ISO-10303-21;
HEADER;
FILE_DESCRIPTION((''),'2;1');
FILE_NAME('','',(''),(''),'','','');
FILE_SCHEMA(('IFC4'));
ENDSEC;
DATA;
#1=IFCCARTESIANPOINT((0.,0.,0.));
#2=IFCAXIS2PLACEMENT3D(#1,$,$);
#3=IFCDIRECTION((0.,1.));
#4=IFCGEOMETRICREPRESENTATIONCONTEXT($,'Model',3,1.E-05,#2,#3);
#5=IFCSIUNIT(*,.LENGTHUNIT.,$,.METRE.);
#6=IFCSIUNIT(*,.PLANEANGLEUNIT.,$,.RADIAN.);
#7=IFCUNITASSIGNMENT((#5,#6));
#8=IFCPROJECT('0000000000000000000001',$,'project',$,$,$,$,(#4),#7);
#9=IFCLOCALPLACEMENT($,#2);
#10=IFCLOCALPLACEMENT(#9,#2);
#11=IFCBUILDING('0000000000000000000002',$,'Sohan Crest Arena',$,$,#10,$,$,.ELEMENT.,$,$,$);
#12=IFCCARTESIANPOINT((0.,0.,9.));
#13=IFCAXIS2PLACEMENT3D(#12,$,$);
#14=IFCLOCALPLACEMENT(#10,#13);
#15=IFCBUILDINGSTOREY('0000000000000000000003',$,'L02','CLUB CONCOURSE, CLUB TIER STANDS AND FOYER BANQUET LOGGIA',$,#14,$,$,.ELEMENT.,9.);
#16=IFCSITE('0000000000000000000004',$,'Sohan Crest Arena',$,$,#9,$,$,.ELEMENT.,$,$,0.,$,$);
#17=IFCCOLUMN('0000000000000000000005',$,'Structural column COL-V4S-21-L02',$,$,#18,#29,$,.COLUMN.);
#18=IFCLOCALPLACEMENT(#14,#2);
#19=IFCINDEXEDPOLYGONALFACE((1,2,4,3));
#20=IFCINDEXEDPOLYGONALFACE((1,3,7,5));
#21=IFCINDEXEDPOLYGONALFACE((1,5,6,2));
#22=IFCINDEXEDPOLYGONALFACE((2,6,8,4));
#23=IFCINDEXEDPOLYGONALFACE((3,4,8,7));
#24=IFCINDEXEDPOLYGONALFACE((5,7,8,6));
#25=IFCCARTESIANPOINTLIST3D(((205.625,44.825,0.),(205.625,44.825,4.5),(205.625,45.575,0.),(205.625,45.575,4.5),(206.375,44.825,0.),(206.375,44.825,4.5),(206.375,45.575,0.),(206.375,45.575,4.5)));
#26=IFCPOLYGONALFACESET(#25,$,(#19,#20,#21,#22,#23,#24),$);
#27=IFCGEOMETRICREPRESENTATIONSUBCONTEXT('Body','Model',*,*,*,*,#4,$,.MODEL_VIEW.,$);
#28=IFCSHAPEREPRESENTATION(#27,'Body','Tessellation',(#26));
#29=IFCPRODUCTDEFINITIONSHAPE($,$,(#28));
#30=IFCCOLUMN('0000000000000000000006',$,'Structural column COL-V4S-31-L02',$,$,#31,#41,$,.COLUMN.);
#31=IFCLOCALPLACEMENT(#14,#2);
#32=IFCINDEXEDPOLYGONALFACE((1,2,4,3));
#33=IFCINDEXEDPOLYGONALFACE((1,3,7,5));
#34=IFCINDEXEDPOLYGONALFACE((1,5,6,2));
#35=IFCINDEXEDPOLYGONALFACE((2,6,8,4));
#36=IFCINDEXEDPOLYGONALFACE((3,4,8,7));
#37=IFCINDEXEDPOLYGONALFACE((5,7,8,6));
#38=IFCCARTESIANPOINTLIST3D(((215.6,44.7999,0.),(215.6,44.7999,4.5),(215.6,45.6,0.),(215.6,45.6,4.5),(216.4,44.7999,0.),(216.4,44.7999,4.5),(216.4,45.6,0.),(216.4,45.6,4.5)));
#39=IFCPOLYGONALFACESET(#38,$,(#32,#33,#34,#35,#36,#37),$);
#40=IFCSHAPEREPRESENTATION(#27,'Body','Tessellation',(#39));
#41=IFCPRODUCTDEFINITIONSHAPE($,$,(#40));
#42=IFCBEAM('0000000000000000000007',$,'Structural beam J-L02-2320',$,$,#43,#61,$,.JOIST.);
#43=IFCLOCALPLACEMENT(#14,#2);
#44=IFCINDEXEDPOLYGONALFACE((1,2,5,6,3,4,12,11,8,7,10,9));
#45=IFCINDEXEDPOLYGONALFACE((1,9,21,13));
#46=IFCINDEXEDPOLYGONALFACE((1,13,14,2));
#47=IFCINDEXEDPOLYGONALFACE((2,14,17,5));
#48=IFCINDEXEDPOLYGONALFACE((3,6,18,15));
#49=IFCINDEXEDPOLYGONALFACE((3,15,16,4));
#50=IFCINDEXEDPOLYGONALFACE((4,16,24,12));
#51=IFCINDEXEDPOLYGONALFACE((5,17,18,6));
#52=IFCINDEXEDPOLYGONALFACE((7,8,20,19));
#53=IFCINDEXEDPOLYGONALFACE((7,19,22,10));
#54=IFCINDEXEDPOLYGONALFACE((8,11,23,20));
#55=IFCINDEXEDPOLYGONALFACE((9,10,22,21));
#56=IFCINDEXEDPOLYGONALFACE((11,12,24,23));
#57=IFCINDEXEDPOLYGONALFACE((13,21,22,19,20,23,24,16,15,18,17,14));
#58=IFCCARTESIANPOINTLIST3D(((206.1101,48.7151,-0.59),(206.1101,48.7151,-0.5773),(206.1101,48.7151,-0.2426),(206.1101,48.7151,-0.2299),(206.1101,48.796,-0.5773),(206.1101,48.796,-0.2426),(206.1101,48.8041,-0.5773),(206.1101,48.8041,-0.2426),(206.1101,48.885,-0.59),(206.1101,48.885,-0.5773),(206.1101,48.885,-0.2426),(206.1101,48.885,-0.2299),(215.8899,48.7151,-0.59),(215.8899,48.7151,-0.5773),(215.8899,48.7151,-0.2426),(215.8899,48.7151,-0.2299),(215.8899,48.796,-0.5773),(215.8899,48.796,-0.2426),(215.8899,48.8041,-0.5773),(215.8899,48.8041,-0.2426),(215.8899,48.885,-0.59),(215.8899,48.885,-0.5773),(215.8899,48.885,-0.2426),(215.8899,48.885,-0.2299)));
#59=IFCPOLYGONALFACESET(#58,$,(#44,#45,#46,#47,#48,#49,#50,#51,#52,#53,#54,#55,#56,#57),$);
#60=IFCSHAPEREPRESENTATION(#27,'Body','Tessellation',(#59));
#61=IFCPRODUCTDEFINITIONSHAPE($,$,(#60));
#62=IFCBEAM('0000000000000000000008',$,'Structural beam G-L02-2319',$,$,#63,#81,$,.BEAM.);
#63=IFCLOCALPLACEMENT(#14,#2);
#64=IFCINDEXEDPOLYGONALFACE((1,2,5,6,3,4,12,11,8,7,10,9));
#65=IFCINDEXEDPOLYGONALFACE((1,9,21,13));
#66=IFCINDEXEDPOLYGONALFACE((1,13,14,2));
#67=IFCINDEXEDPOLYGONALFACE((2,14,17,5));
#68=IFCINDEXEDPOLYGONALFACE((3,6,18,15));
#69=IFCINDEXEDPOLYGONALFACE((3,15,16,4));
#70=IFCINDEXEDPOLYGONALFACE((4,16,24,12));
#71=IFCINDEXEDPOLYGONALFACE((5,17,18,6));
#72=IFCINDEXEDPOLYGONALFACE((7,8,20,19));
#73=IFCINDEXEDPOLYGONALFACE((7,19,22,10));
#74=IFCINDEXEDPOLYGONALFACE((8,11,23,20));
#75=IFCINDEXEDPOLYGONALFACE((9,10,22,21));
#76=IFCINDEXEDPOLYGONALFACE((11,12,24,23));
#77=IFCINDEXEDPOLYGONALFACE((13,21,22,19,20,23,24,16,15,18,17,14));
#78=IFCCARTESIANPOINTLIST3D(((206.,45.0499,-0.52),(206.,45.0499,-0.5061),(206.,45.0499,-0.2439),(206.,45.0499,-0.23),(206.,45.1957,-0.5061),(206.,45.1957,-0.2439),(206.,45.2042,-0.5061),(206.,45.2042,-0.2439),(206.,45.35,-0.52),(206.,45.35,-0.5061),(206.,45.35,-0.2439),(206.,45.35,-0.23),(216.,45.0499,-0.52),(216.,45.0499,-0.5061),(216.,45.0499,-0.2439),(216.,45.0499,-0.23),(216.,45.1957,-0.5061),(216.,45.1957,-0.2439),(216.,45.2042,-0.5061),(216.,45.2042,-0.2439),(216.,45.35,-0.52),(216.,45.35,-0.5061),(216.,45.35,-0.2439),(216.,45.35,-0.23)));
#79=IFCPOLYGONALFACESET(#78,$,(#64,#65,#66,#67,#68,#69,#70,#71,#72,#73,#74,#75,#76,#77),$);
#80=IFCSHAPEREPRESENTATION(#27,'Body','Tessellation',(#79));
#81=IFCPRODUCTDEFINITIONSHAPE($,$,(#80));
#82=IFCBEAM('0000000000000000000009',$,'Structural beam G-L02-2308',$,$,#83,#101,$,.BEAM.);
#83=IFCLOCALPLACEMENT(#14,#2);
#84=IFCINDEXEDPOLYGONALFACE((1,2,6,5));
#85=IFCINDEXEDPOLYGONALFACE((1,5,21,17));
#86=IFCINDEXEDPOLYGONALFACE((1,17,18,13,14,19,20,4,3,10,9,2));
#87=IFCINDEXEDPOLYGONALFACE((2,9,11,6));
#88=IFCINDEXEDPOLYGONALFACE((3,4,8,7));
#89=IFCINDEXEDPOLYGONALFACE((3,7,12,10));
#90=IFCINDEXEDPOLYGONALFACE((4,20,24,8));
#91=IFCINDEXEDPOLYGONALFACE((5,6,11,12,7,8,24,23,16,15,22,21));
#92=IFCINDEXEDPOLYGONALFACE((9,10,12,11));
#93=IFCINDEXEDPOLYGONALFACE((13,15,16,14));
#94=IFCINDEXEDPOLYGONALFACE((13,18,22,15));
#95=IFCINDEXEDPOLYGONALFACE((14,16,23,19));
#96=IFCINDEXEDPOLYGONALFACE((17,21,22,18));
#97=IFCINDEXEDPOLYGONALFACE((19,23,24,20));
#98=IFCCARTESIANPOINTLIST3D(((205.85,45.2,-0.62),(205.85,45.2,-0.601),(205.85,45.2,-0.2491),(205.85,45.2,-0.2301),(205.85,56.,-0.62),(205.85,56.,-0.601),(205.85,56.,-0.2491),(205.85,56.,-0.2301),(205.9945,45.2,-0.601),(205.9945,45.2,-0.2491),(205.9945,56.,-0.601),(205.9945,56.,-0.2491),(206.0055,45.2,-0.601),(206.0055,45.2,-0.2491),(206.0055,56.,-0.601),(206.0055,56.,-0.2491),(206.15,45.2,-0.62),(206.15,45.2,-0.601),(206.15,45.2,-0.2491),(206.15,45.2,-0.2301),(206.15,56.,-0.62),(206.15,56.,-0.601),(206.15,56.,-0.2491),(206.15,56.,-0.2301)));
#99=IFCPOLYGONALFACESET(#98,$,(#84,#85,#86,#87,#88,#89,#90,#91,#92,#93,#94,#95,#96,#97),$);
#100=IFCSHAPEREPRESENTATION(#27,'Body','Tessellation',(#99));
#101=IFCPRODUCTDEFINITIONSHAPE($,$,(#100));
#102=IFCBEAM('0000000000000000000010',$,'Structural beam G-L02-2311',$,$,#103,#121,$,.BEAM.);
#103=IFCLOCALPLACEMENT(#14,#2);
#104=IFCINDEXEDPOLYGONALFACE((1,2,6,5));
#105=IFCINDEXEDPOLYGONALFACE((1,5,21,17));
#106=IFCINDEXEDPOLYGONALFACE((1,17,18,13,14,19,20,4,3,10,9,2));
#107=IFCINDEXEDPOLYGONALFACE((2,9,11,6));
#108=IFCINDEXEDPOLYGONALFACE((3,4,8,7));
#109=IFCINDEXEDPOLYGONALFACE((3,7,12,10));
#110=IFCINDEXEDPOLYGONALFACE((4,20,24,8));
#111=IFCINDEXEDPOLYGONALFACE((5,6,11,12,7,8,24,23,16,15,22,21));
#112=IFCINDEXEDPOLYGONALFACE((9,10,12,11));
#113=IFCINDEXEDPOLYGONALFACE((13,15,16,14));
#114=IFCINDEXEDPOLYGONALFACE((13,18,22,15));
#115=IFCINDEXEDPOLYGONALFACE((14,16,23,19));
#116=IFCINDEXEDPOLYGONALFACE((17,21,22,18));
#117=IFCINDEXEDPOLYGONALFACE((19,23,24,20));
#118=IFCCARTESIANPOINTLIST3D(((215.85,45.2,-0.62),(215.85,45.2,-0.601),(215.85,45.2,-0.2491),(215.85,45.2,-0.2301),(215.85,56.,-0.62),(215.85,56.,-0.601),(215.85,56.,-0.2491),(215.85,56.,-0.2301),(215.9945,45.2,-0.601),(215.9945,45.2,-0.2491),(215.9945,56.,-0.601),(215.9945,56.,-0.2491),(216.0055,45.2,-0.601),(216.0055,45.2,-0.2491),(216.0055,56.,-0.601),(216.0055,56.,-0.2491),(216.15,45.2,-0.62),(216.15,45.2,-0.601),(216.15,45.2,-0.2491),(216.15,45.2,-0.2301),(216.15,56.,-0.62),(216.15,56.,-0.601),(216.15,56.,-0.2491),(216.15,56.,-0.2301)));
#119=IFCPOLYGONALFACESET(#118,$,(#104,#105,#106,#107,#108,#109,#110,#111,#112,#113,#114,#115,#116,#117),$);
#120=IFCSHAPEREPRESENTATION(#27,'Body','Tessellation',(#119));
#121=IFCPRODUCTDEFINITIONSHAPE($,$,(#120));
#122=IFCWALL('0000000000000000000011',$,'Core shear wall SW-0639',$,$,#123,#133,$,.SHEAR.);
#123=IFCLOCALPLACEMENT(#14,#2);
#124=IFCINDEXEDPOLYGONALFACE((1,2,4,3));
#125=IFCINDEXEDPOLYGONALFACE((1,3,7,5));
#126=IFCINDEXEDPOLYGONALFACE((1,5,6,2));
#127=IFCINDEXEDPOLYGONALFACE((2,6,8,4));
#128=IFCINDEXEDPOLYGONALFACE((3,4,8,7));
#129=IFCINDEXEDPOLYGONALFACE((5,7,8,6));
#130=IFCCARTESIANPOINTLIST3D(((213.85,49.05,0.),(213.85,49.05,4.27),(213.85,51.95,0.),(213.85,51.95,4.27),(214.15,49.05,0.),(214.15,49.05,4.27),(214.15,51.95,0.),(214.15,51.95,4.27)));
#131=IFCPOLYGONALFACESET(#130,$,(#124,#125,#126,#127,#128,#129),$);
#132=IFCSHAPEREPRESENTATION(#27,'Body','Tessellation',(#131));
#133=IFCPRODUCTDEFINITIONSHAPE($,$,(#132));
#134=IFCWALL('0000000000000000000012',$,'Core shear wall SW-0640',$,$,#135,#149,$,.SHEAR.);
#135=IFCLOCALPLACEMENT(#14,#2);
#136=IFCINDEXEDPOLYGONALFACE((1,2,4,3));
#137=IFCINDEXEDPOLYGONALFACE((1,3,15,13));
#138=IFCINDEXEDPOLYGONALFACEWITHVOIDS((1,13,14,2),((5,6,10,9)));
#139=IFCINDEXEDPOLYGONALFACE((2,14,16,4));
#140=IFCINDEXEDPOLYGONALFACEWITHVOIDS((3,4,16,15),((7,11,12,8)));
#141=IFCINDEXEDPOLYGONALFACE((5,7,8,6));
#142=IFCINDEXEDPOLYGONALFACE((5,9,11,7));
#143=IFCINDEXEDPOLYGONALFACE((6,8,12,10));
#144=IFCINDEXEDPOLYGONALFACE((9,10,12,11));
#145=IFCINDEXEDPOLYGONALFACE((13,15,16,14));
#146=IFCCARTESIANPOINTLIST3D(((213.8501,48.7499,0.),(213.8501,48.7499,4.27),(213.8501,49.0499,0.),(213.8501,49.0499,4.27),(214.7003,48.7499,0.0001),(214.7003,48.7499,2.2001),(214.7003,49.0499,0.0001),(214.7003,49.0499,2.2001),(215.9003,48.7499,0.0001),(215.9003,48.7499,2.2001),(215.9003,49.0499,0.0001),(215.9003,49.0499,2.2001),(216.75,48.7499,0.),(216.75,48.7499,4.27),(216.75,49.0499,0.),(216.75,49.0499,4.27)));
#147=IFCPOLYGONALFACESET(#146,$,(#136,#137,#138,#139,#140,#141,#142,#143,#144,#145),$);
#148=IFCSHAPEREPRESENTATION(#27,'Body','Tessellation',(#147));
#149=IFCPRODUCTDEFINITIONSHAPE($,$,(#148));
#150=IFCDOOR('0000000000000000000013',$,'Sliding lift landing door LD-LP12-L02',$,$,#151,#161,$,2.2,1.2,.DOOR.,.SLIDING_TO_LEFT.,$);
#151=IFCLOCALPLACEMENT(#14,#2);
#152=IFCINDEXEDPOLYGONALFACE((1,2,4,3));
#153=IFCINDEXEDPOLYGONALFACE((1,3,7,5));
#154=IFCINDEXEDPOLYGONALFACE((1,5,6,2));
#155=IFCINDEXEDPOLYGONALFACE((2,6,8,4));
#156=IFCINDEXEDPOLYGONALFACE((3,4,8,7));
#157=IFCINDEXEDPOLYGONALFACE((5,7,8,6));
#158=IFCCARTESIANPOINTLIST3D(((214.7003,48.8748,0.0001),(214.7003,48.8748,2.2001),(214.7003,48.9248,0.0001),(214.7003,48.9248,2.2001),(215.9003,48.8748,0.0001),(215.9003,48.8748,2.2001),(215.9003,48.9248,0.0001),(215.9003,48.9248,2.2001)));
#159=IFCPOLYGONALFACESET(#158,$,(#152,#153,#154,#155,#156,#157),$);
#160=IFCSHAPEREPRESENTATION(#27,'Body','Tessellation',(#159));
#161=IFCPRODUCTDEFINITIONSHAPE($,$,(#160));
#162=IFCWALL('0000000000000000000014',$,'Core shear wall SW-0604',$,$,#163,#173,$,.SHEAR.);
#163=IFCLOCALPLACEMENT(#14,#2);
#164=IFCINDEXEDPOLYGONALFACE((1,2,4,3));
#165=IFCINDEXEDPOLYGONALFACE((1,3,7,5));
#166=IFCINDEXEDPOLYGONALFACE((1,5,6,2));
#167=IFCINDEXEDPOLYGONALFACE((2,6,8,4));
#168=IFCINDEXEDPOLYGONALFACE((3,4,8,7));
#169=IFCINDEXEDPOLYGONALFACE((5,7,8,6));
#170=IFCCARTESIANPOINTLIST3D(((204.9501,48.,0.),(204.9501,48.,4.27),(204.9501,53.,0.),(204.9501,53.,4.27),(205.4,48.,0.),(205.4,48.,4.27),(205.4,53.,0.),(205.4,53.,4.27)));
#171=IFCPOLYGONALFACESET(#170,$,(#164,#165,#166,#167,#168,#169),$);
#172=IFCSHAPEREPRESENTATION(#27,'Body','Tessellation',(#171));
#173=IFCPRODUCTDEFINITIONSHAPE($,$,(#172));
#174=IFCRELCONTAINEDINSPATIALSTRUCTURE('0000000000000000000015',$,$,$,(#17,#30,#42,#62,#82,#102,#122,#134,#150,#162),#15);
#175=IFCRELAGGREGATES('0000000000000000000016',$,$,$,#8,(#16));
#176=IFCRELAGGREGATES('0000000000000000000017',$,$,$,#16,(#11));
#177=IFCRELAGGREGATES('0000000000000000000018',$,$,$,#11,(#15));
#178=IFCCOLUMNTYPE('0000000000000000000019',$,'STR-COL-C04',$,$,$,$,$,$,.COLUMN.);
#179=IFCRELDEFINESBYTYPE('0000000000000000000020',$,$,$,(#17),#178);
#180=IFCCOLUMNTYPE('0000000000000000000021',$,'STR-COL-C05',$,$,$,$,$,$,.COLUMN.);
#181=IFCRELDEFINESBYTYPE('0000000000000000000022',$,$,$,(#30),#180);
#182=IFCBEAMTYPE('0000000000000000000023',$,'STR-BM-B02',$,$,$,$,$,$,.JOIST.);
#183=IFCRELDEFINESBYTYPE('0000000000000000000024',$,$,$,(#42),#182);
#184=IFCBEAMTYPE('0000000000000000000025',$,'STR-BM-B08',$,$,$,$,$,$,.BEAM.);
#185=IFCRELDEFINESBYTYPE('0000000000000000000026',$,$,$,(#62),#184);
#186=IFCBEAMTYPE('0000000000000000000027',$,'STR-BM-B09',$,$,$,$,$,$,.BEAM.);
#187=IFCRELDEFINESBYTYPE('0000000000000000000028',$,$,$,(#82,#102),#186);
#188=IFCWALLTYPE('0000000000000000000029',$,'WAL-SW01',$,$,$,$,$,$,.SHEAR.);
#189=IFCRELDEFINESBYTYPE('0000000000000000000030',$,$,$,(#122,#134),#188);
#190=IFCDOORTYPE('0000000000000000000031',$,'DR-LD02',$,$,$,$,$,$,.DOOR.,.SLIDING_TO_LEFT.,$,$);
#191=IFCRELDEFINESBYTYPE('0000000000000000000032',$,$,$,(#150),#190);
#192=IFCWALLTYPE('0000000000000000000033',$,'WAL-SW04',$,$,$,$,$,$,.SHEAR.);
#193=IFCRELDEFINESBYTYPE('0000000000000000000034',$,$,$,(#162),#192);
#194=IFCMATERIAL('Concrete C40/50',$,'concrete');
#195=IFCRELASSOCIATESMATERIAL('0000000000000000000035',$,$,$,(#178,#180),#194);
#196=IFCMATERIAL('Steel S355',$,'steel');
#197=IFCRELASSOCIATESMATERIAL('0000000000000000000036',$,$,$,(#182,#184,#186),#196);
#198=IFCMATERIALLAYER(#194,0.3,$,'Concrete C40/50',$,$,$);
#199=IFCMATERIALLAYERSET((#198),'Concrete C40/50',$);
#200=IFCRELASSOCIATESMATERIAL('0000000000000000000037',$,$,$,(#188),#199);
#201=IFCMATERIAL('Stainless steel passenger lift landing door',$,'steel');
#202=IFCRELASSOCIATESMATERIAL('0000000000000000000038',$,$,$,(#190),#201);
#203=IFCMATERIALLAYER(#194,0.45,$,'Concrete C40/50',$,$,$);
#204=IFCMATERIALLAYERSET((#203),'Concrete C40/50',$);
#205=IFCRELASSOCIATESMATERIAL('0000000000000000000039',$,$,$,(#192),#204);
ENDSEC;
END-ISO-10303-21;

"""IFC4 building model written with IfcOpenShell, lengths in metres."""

from ifc_helpers import new_model, si_unit, direction, frame, frame_2d, origin, origin_2d, place, context, subcontext, project, spatial, rectangle, i_section, extrude, material, layer, layer_set, material_profile, profile_set, type_object, element, fill, save


model = new_model("IFC4")

# Units and contexts
model_context = context("Model", 3, precision=1e-05, world=origin(), true_north=direction((0.0, 1.0)))
body_context = subcontext(model_context, "Body", "Model", "MODEL_VIEW")
ifc_project = project(units=[si_unit("LENGTHUNIT", "METRE"), si_unit("PLANEANGLEUNIT", "RADIAN")], contexts=[model_context])

# Site, building, storey
site_placement = place(None, origin())
site = spatial("IfcSite", under=ifc_project, at=site_placement, Name="Sohan Crest Arena", CompositionType="ELEMENT", RefElevation=0.0)
building_placement = place(site_placement, origin())
building = spatial("IfcBuilding", under=site, at=building_placement, Name="Sohan Crest Arena", CompositionType="ELEMENT")
storey_placement = place(building_placement, frame((0.0, 0.0, 9.0)))
storey = spatial("IfcBuildingStorey", under=building, at=storey_placement, Name="L02", Description="CLUB CONCOURSE, CLUB TIER STANDS AND FOYER BANQUET LOGGIA", CompositionType="ELEMENT", Elevation=9.0)

# Columns
ifc_material_1 = material(Name="Concrete C40/50", Category="concrete")
ifc_material_profile_1 = material_profile(ifc_material_1, rectangle(XDim=0.75, YDim=0.75, at=origin_2d()), Name="RC 750x750")
ifc_profile_set_1 = profile_set([ifc_material_profile_1], Name="Concrete C40/50")
column_type_1 = type_object("IfcColumnType", Name="STR-COL-C04", PredefinedType="COLUMN", material=ifc_profile_set_1)
column_1_placement = place(storey_placement, frame((206.0, 45.2, 0.0), z_axis=(0.0, 0.0, 1.0), x_axis=(1.0, 0.0, 0.0)))
element("IfcColumn", 1, at=column_1_placement, inside=storey, type_object=column_type_1, Name="Structural column COL-V4S-21-L02", PredefinedType="COLUMN", context=body_context, shape_type="SweptSolid", body=[
    extrude(rectangle(XDim=0.75, YDim=0.75, at=origin_2d()), origin(), (0.0, 0.0, 1.0), 4.5),
])
ifc_material_profile_2 = material_profile(ifc_material_1, rectangle(XDim=0.8, YDim=0.8, at=origin_2d()), Name="RC 800x800")
ifc_profile_set_2 = profile_set([ifc_material_profile_2], Name="Concrete C40/50")
column_type_2 = type_object("IfcColumnType", Name="STR-COL-C05", PredefinedType="COLUMN", material=ifc_profile_set_2)
column_2_placement = place(storey_placement, frame((216.0, 45.2, 0.0), z_axis=(0.0, 0.0, 1.0), x_axis=(1.0, 0.0, 0.0)))
element("IfcColumn", 2, at=column_2_placement, inside=storey, type_object=column_type_2, Name="Structural column COL-V4S-31-L02", PredefinedType="COLUMN", context=body_context, shape_type="SweptSolid", body=[
    extrude(rectangle(XDim=0.8, YDim=0.8, at=origin_2d()), origin(), (0.0, 0.0, 1.0), 4.5),
])

# Beams
ifc_material_2 = material(Name="Steel S355", Category="steel")
ifc_material_profile_3 = material_profile(ifc_material_2, i_section(OverallWidth=0.1699, OverallDepth=0.3601, WebThickness=0.0081, FlangeThickness=0.0127, at=origin_2d()), Name="IPE 360")
ifc_profile_set_3 = profile_set([ifc_material_profile_3], Name="Steel S355")
beam_type_1 = type_object("IfcBeamType", Name="STR-BM-B02", PredefinedType="JOIST", material=ifc_profile_set_3)
beam_1_placement = place(storey_placement, frame((206.1101, 48.8, -0.4099), z_axis=(1.0, 0.0, 0.0), x_axis=(0.0, 1.0, 0.0)))
element("IfcBeam", 3, at=beam_1_placement, inside=storey, type_object=beam_type_1, Name="Structural beam J-L02-2320", PredefinedType="JOIST", context=body_context, shape_type="SweptSolid", body=[
    extrude(i_section(OverallWidth=0.1699, OverallDepth=0.3601, WebThickness=0.0081, FlangeThickness=0.0127, at=origin_2d()), origin(), (0.0, 0.0, 1.0), 9.7798),
])
ifc_material_profile_4 = material_profile(ifc_material_2, i_section(OverallWidth=0.3, OverallDepth=0.29, WebThickness=0.0085, FlangeThickness=0.0139, at=origin_2d()), Name="HEA 300")
ifc_profile_set_4 = profile_set([ifc_material_profile_4], Name="Steel S355")
beam_type_2 = type_object("IfcBeamType", Name="STR-BM-B08", PredefinedType="BEAM", material=ifc_profile_set_4)
beam_2_placement = place(storey_placement, frame((206.0, 45.2, -0.375), z_axis=(1.0, 0.0, 0.0), x_axis=(0.0, 1.0, 0.0)))
element("IfcBeam", 4, at=beam_2_placement, inside=storey, type_object=beam_type_2, Name="Structural beam G-L02-2319", PredefinedType="BEAM", context=body_context, shape_type="SweptSolid", body=[
    extrude(i_section(OverallWidth=0.3, OverallDepth=0.29, WebThickness=0.0085, FlangeThickness=0.0139, at=origin_2d()), origin(), (0.0, 0.0, 1.0), 10.0),
])
ifc_material_profile_5 = material_profile(ifc_material_2, i_section(OverallWidth=0.3, OverallDepth=0.3899, WebThickness=0.011, FlangeThickness=0.019, at=origin_2d()), Name="HEA 400")
ifc_profile_set_5 = profile_set([ifc_material_profile_5], Name="Steel S355")
beam_type_3 = type_object("IfcBeamType", Name="STR-BM-B09", PredefinedType="BEAM", material=ifc_profile_set_5)
for number, where, z_axis, x_axis, name in (
    (5, (206.0, 45.2, -0.425), (0.0, 1.0, 0.0), (-1.0, 0.0, 0.0), "Structural beam G-L02-2308"),
    (6, (216.0, 45.2, -0.425), (0.0, 1.0, 0.0), (-1.0, 0.0, 0.0), "Structural beam G-L02-2311"),
):
    element("IfcBeam", number, at=place(storey_placement, frame(where, z_axis=z_axis, x_axis=x_axis)), inside=storey, type_object=beam_type_3, Name=name, PredefinedType="BEAM", context=body_context, shape_type="SweptSolid", body=[
        extrude(i_section(OverallWidth=0.3, OverallDepth=0.3899, WebThickness=0.011, FlangeThickness=0.019, at=origin_2d()), origin(), (0.0, 0.0, 1.0), 10.8),
    ])

# Wall
ifc_layer_1 = layer(ifc_material_1, 0.3, Name="Concrete C40/50")
ifc_layer_set_1 = layer_set([ifc_layer_1], Name="Concrete C40/50")
wall_type_1 = type_object("IfcWallType", Name="WAL-SW01", PredefinedType="SHEAR", material=ifc_layer_set_1)
wall_1_placement = place(storey_placement, frame((214.0, 49.05, 0.0), z_axis=(0.0, 0.0, 1.0), x_axis=(0.0, 1.0, 0.0)))
element("IfcWall", 7, at=wall_1_placement, inside=storey, type_object=wall_type_1, Name="Core shear wall SW-0639", PredefinedType="SHEAR", context=body_context, shape_type="SweptSolid", body=[
    extrude(rectangle(XDim=2.8999, YDim=0.3, at=frame_2d((1.45, 0.0))), origin(), (0.0, 0.0, 1.0), 4.27),
])

# Wall, opening, door
wall_2_placement = place(storey_placement, frame((213.8501, 48.8999, 0.0), z_axis=(0.0, 0.0, 1.0), x_axis=(1.0, 0.0, 0.0)))
wall_2 = element("IfcWall", 8, at=wall_2_placement, inside=storey, type_object=wall_type_1, Name="Core shear wall SW-0640", PredefinedType="SHEAR", context=body_context, shape_type="SweptSolid", body=[
    extrude(rectangle(XDim=2.8999, YDim=0.3, at=frame_2d((1.45, 0.0))), origin(), (0.0, 0.0, 1.0), 4.27),
])
opening_1_placement = place(wall_2_placement, frame((0.8501, 0.0, 0.0)))
opening_1 = element("IfcOpeningElement", 9, at=opening_1_placement, cuts=wall_2, PredefinedType="OPENING", context=body_context, shape_type="SweptSolid", body=[
    extrude(rectangle(XDim=1.2, YDim=2.2, at=frame_2d((0.6001, 1.1001))), frame((0.0, 0.1599, 0.0), z_axis=(0.0, -1.0, 0.0), x_axis=(1.0, 0.0, 0.0)), (0.0, 0.0, 1.0), 0.3201),
])
ifc_material_3 = material(Name="Stainless steel passenger lift landing door", Category="steel")
door_type = type_object("IfcDoorType", Name="DR-LD02", OperationType="SLIDING_TO_LEFT", PredefinedType="DOOR", material=ifc_material_3)
door_1_placement = place(opening_1_placement, origin())
door_1 = element("IfcDoor", 10, at=door_1_placement, inside=storey, type_object=door_type, Name="Sliding lift landing door LD-LP12-L02", OperationType="SLIDING_TO_LEFT", OverallHeight=2.2, OverallWidth=1.2, PredefinedType="DOOR", context=body_context, shape_type="SweptSolid", body=[
    extrude(rectangle(XDim=1.2, YDim=2.2, at=frame_2d((0.6001, 1.1001))), frame((0.0, 0.0249, 0.0), z_axis=(0.0, -1.0, 0.0), x_axis=(1.0, 0.0, 0.0)), (0.0, 0.0, 1.0), 0.05),
])
fill(opening_1, door_1)

# Wall
ifc_layer_2 = layer(ifc_material_1, 0.45, Name="Concrete C40/50")
ifc_layer_set_2 = layer_set([ifc_layer_2], Name="Concrete C40/50")
wall_type_2 = type_object("IfcWallType", Name="WAL-SW04", PredefinedType="SHEAR", material=ifc_layer_set_2)
wall_3_placement = place(storey_placement, frame((205.175, 48.0, 0.0), z_axis=(0.0, 0.0, 1.0), x_axis=(0.0, 1.0, 0.0)))
element("IfcWall", 11, at=wall_3_placement, inside=storey, type_object=wall_type_2, Name="Core shear wall SW-0604", PredefinedType="SHEAR", context=body_context, shape_type="SweptSolid", body=[
    extrude(rectangle(XDim=5.0, YDim=0.45, at=frame_2d((2.5, 0.0))), origin(), (0.0, 0.0, 1.0), 4.27),
])

save(model, "model.ifc")
